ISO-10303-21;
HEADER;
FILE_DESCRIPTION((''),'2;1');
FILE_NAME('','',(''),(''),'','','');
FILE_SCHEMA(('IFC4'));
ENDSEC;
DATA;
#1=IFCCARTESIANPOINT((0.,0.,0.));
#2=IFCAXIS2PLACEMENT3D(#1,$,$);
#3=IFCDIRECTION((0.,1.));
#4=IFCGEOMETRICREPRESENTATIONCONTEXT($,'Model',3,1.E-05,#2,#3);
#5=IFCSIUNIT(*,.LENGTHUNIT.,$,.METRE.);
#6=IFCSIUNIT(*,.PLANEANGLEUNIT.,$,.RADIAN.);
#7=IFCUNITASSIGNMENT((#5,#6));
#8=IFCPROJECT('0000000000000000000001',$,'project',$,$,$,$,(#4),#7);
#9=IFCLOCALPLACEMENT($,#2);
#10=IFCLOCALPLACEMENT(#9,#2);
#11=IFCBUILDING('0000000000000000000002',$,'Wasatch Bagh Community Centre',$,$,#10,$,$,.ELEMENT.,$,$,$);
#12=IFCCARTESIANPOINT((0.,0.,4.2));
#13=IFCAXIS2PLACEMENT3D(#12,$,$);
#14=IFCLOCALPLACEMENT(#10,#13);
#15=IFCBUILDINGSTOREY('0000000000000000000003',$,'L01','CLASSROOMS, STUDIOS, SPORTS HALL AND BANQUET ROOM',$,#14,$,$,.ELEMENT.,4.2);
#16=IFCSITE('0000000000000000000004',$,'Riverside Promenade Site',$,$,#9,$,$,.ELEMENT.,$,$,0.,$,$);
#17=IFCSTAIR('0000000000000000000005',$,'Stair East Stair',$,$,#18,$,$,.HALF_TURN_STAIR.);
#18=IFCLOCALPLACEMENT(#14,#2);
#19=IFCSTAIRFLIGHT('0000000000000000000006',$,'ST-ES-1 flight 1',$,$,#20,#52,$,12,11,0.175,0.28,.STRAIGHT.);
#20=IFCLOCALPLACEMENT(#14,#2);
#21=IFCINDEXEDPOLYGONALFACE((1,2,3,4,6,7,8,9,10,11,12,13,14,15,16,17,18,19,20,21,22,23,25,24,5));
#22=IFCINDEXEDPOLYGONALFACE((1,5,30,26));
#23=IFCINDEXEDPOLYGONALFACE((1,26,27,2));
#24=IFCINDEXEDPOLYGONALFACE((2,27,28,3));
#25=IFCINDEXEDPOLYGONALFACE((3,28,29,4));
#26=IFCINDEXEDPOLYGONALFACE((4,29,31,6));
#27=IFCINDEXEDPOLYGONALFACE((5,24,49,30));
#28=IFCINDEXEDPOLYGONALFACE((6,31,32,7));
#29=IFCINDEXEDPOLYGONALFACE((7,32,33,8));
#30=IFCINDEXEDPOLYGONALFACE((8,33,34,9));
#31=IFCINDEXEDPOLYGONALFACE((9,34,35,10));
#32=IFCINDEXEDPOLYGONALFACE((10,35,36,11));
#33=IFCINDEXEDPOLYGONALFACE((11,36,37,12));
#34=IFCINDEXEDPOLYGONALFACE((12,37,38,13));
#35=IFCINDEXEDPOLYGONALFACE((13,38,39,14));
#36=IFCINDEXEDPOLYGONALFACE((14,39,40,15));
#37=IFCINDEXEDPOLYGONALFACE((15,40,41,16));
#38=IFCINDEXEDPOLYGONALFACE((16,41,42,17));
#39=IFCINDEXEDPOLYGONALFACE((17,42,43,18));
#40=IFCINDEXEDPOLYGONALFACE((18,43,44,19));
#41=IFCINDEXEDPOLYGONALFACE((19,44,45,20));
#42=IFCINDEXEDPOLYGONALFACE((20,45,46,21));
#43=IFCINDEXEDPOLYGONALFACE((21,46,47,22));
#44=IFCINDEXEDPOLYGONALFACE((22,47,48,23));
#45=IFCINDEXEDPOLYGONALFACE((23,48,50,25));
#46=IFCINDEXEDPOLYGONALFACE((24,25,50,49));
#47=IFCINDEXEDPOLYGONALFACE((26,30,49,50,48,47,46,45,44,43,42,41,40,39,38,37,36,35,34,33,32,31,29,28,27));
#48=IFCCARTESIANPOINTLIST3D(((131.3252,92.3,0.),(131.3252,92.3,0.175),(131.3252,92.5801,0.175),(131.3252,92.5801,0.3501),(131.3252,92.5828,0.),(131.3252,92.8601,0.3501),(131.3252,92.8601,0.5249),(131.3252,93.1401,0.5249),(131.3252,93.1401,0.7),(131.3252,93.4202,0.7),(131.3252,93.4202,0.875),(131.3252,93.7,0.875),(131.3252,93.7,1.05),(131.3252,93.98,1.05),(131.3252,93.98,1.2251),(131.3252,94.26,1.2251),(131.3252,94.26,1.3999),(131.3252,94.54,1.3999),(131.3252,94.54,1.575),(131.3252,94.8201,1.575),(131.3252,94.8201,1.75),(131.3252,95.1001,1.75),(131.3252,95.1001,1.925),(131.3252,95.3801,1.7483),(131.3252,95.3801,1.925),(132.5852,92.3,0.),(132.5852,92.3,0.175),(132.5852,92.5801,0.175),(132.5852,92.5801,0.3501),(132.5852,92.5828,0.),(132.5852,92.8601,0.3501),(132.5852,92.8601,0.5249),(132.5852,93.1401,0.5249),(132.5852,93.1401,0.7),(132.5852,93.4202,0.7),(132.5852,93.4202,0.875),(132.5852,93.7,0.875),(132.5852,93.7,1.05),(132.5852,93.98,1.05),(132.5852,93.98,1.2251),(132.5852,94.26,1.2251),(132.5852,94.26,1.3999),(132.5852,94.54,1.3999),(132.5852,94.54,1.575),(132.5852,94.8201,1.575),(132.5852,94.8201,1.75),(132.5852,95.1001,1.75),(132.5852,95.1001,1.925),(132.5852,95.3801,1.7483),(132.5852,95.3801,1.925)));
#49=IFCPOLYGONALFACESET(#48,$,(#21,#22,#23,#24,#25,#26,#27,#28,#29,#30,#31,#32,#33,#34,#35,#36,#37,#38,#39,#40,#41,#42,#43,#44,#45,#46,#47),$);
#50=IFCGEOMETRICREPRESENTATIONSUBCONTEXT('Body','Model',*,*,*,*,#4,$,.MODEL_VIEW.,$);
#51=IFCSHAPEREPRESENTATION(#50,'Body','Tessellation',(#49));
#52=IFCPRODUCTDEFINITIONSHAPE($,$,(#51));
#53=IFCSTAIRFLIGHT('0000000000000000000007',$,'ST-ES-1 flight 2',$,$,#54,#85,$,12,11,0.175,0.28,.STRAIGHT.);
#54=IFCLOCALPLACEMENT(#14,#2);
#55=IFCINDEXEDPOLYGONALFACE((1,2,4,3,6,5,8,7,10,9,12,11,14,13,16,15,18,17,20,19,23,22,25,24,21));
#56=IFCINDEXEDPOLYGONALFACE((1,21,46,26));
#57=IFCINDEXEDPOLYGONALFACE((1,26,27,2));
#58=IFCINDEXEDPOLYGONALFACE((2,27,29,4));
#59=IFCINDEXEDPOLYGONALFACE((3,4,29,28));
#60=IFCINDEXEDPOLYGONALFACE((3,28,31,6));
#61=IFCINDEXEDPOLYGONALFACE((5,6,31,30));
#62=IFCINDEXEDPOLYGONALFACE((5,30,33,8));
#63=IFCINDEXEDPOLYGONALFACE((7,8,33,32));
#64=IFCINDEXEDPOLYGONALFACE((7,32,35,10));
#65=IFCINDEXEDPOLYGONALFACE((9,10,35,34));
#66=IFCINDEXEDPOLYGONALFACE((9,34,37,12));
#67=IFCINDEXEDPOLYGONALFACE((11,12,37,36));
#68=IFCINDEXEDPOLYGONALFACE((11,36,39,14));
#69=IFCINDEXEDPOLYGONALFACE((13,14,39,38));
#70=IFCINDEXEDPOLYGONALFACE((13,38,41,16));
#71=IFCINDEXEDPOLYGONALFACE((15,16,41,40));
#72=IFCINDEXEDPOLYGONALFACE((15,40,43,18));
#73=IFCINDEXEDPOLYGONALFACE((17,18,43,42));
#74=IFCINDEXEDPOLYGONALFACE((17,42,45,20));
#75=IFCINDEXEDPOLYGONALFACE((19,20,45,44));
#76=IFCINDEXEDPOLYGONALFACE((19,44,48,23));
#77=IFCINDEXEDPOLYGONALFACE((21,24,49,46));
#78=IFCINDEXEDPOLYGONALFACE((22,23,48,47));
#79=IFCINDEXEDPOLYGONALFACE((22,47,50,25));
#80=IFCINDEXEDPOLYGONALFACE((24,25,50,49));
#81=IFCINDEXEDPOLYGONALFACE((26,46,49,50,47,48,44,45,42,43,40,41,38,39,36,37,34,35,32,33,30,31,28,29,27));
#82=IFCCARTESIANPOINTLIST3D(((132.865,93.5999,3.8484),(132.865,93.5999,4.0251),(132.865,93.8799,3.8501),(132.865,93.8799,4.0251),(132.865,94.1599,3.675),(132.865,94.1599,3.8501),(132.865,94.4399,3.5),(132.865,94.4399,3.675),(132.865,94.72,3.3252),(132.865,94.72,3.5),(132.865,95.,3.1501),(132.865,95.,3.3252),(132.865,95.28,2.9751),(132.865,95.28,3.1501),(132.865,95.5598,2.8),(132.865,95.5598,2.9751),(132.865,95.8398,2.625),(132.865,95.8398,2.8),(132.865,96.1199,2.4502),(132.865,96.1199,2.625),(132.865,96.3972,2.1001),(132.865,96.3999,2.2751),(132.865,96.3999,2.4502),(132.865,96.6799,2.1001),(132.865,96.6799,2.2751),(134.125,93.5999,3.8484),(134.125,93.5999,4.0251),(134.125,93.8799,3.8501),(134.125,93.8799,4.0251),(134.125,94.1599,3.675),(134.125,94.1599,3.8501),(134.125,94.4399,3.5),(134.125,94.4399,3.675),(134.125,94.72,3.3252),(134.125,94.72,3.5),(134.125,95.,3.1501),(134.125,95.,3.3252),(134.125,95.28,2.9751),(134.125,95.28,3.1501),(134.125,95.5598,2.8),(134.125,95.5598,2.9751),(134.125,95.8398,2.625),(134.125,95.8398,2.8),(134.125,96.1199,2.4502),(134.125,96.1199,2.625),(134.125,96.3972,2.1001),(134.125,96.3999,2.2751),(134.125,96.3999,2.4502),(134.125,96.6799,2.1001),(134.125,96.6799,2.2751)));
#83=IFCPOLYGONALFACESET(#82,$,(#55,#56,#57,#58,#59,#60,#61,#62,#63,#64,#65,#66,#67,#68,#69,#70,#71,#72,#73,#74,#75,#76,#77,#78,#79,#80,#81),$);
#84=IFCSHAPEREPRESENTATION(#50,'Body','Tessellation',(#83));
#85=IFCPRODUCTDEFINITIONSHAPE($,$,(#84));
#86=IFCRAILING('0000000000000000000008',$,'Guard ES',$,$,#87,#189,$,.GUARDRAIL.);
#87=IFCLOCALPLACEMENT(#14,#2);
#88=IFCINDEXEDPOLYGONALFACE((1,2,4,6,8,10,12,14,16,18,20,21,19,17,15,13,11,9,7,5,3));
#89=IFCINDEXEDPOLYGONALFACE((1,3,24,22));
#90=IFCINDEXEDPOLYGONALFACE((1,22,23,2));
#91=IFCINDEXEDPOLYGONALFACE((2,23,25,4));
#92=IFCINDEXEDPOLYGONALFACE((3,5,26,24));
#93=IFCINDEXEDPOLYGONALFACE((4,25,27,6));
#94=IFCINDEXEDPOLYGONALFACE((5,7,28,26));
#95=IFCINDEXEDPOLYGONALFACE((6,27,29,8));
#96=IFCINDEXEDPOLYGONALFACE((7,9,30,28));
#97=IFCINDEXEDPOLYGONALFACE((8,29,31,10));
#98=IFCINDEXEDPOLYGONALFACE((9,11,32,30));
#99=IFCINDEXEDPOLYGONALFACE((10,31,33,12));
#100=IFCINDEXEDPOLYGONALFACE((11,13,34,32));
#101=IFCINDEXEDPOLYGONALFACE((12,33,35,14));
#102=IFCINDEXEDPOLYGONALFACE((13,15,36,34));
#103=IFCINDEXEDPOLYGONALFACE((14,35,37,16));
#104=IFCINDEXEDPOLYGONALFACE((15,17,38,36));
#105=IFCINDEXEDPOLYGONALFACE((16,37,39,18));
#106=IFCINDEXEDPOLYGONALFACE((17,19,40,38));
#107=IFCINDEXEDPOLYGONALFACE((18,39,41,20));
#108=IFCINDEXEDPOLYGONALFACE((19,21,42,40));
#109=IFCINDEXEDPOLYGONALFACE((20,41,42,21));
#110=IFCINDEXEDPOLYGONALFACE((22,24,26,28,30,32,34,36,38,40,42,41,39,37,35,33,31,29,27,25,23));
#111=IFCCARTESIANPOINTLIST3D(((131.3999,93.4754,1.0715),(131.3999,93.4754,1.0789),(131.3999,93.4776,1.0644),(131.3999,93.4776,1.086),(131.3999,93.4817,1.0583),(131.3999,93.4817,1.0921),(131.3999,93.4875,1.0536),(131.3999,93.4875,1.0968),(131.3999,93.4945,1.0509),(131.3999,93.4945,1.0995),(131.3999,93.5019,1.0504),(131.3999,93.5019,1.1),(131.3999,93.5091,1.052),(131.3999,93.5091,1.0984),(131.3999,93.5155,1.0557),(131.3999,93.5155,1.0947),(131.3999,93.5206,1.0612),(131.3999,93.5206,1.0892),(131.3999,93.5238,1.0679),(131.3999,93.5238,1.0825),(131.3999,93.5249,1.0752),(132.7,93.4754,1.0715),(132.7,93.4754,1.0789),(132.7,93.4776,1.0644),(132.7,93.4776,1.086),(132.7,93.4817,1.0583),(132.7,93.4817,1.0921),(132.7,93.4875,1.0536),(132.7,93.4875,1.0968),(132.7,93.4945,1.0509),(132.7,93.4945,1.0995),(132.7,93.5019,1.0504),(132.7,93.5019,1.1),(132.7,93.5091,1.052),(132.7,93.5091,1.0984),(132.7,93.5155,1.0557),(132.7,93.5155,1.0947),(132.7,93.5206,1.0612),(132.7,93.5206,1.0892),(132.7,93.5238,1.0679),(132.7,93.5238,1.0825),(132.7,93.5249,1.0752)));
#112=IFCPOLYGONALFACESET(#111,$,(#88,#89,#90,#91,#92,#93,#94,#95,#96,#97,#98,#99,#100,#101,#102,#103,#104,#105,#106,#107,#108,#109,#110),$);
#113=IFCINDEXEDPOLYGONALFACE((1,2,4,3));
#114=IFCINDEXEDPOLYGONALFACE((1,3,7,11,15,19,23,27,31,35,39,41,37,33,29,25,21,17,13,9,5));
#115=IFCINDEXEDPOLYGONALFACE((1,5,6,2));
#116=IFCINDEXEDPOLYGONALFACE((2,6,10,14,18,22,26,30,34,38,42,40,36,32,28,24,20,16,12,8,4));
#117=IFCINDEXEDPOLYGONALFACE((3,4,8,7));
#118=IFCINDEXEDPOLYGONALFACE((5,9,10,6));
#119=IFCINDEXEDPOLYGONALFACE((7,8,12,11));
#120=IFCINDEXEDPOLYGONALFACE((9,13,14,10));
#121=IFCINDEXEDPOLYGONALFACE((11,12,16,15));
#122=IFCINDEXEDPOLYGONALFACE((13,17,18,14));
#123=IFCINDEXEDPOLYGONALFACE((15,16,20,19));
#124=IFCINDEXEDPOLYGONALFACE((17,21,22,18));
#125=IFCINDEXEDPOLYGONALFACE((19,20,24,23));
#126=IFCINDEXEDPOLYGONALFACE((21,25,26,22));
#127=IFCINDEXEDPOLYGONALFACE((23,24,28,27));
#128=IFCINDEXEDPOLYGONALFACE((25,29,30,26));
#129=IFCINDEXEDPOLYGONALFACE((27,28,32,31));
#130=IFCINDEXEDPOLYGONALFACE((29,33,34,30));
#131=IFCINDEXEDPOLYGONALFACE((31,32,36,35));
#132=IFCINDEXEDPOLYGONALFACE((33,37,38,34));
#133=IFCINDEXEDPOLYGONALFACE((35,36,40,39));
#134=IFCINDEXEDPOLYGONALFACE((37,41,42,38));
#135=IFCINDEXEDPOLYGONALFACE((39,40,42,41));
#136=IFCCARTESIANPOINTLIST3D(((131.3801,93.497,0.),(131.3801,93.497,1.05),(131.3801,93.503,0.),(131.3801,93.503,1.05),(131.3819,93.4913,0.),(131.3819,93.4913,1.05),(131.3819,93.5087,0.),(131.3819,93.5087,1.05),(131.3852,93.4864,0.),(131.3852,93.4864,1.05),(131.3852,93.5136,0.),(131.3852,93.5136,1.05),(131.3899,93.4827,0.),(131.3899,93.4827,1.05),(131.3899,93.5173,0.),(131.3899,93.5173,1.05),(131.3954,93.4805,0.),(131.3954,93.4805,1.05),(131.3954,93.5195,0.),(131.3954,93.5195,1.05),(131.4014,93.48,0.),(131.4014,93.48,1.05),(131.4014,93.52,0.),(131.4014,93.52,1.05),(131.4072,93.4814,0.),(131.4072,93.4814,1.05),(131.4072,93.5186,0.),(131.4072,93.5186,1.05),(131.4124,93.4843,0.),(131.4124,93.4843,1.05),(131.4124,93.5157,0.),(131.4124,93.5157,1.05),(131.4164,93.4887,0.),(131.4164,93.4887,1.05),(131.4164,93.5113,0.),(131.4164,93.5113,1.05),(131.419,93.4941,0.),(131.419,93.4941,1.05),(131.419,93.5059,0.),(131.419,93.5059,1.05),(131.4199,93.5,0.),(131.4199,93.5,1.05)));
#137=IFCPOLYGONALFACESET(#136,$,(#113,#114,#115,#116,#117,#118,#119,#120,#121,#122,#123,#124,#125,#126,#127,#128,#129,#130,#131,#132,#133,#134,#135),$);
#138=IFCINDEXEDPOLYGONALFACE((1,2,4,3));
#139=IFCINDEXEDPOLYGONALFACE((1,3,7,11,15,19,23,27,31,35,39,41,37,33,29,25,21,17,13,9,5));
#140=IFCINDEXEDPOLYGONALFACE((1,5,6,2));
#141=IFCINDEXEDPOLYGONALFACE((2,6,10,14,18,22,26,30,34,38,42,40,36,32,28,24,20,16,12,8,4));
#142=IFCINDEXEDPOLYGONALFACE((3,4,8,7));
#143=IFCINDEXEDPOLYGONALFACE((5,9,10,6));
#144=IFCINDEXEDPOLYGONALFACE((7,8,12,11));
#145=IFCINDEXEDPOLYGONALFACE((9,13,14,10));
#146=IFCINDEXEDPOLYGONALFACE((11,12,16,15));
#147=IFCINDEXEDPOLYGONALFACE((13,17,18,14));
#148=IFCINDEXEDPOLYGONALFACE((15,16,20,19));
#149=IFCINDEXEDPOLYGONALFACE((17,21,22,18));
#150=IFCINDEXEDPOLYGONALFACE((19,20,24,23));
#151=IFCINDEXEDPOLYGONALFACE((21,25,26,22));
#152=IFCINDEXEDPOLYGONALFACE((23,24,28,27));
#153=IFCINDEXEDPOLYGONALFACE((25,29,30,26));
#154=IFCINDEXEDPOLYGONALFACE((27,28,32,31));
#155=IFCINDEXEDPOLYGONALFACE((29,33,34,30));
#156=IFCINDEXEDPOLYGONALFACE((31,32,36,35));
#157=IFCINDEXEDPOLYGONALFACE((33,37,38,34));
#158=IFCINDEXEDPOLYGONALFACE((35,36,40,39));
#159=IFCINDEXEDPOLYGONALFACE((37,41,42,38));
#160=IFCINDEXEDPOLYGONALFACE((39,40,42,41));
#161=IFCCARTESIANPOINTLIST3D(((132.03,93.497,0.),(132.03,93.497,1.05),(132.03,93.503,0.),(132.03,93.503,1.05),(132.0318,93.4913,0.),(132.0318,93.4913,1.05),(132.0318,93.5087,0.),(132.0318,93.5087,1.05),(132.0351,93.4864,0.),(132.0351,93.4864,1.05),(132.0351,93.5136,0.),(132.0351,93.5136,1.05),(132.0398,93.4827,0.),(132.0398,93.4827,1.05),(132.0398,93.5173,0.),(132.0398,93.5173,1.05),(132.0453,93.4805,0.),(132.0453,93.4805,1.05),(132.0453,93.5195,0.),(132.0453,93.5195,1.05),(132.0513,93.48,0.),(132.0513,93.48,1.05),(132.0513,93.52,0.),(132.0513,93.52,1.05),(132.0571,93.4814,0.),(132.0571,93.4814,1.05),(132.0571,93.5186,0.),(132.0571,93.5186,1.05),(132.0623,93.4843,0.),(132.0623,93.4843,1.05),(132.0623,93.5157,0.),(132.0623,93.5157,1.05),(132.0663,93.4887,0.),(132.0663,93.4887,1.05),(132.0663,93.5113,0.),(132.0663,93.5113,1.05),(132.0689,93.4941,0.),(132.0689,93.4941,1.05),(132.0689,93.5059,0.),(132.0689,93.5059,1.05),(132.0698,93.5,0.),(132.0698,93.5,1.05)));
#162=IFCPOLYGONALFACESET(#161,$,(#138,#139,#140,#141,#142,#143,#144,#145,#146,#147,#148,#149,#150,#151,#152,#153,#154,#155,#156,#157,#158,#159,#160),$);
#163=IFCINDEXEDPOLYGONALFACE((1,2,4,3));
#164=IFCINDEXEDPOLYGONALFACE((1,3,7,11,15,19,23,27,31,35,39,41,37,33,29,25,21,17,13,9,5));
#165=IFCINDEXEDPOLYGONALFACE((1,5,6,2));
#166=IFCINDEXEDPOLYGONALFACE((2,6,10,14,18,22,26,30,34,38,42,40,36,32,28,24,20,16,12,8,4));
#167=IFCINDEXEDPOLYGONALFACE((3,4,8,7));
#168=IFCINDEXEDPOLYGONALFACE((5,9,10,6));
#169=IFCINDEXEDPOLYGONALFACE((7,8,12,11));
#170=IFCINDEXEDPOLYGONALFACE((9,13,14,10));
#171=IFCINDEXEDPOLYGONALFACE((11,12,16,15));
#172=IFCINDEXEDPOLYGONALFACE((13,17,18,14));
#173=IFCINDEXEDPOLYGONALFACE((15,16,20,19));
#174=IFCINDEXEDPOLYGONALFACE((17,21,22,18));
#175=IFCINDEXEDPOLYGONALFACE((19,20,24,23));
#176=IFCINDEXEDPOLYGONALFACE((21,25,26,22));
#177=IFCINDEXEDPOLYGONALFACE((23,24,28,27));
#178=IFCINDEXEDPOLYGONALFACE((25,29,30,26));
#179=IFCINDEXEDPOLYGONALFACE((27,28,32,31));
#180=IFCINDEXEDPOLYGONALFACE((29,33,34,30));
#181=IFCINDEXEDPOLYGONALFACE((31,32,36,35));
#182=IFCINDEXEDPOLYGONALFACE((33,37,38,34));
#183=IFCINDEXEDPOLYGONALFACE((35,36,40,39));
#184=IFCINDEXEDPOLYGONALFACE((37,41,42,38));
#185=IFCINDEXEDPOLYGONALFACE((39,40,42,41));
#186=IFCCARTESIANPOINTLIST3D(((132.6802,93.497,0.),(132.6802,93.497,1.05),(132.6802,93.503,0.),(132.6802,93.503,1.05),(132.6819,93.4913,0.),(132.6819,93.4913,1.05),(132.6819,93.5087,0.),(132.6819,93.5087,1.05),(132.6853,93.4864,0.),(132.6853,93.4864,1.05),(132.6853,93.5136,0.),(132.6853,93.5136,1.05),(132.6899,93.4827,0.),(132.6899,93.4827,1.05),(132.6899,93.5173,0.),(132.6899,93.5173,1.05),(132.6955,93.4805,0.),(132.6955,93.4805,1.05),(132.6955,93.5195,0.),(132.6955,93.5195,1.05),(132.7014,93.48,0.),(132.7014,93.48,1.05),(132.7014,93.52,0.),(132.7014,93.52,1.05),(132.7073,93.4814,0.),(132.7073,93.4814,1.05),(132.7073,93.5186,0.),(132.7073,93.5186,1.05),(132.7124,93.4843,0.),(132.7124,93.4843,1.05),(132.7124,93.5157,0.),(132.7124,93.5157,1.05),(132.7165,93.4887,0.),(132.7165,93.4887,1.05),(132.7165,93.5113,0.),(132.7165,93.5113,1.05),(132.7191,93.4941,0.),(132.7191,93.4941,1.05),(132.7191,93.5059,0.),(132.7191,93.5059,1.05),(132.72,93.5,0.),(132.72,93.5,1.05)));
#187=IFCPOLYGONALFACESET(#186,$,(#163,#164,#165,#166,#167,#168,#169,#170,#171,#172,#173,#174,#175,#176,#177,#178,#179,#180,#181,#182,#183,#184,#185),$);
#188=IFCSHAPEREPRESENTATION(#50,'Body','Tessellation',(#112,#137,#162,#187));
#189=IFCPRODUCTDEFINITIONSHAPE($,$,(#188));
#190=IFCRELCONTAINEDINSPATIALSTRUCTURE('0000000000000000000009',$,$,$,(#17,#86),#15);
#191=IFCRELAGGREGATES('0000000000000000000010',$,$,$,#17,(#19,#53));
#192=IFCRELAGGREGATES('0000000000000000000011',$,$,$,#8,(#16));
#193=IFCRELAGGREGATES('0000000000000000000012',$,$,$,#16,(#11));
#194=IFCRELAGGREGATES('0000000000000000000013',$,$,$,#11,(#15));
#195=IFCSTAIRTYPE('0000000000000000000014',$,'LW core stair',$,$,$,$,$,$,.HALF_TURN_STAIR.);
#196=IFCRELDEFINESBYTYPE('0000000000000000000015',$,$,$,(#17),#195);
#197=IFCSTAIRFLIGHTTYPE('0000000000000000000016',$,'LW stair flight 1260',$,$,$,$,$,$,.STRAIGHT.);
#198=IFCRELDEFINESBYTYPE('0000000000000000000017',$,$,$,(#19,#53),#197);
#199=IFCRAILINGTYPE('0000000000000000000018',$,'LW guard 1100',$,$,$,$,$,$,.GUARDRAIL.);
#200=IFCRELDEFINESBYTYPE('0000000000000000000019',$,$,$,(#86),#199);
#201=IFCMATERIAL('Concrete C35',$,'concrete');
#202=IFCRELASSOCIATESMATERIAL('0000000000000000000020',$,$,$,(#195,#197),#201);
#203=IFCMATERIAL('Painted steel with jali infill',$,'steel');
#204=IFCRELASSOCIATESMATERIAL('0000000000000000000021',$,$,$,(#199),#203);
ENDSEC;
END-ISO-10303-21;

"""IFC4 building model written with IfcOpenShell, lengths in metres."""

from ifc_helpers import new_model, si_unit, direction, frame, origin, origin_2d, place, context, subcontext, project, spatial, polyline, circle, outline, extrude, material, type_object, element, aggregate, save


model = new_model("IFC4")

# Units and contexts
model_context = context("Model", 3, precision=1e-05, world=origin(), true_north=direction((0.0, 1.0)))
body_context = subcontext(model_context, "Body", "Model", "MODEL_VIEW")
ifc_project = project(units=[si_unit("LENGTHUNIT", "METRE"), si_unit("PLANEANGLEUNIT", "RADIAN")], contexts=[model_context])

# Site, building, storey
site_placement = place(None, origin())
site = spatial("IfcSite", under=ifc_project, at=site_placement, Name="Riverside Promenade Site", CompositionType="ELEMENT", RefElevation=0.0)
building_placement = place(site_placement, origin())
building = spatial("IfcBuilding", under=site, at=building_placement, Name="Wasatch Bagh Community Centre", CompositionType="ELEMENT")
storey_placement = place(building_placement, frame((0.0, 0.0, 4.2)))
storey = spatial("IfcBuildingStorey", under=building, at=storey_placement, Name="L01", Description="CLASSROOMS, STUDIOS, SPORTS HALL AND BANQUET ROOM", CompositionType="ELEMENT", Elevation=4.2)

# Shared definitions
ifc_material_1 = material(Name="Concrete C35", Category="concrete")

# Stair, stair flights
stair_type = type_object("IfcStairType", Name="LW core stair", PredefinedType="HALF_TURN_STAIR", material=ifc_material_1)
stair_placement = place(storey_placement, origin())
stair = element("IfcStair", 1, at=stair_placement, inside=storey, type_object=stair_type, Name="Stair East Stair", PredefinedType="HALF_TURN_STAIR")
stair_flight_type = type_object("IfcStairFlightType", Name="LW stair flight 1260", PredefinedType="STRAIGHT", material=ifc_material_1)
stair_flight_1_placement = place(storey_placement, frame((131.9551, 92.3, 0.0), z_axis=(0.0, 0.0, 1.0), x_axis=(0.0, 1.0, 0.0)))
stair_flight_1 = element("IfcStairFlight", 2, at=stair_flight_1_placement, type_object=stair_flight_type, Name="ST-ES-1 flight 1", NumberOfRisers=12, NumberOfTreads=11, PredefinedType="STRAIGHT", RiserHeight=0.175, TreadLength=0.28, context=body_context, shape_type="SweptSolid", body=[
    extrude(outline(polyline([(0.0, 0.0), (0.0, 0.175), (0.28, 0.175), (0.28, 0.3501), (0.5601, 0.3501), (0.5601, 0.5249), (0.8401, 0.5249), (0.8401, 0.7), (1.1201, 0.7), (1.1201, 0.875), (1.3999, 0.875), (1.3999, 1.05), (1.6799, 1.05), (1.6799, 1.2251), (1.96, 1.2251), (1.96, 1.3999), (2.24, 1.3999), (2.24, 1.575), (2.52, 1.575), (2.52, 1.75), (2.8, 1.75), (2.8, 1.925), (3.0801, 1.925), (3.0801, 2.1001), (3.0801, 1.7483), (0.2827, 0.0), (0.0, 0.0)])), frame((0.0, 0.6299, 0.0), z_axis=(0.0, -1.0, 0.0), x_axis=(1.0, 0.0, 0.0)), (0.0, 0.0, 1.0), 1.26),
])
stair_flight_2_placement = place(storey_placement, frame((133.4951, 96.6799, 2.1001), z_axis=(0.0, 0.0, 1.0), x_axis=(0.0, -1.0, 0.0)))
stair_flight_2 = element("IfcStairFlight", 3, at=stair_flight_2_placement, type_object=stair_flight_type, Name="ST-ES-1 flight 2", NumberOfRisers=12, NumberOfTreads=11, PredefinedType="STRAIGHT", RiserHeight=0.175, TreadLength=0.28, context=body_context, shape_type="SweptSolid", body=[
    extrude(outline(polyline([(0.0, 0.0), (0.0, 0.175), (0.28, 0.175), (0.28, 0.3501), (0.5601, 0.3501), (0.5601, 0.5249), (0.8401, 0.5249), (0.8401, 0.7), (1.1201, 0.7), (1.1201, 0.875), (1.3999, 0.875), (1.3999, 1.05), (1.6799, 1.05), (1.6799, 1.2251), (1.96, 1.2251), (1.96, 1.3999), (2.24, 1.3999), (2.24, 1.575), (2.52, 1.575), (2.52, 1.75), (2.8, 1.75), (2.8, 1.925), (3.0801, 1.925), (3.0801, 2.1001), (3.0801, 1.7483), (0.2827, 0.0), (0.0, 0.0)])), frame((0.0, 0.6299, 0.0), z_axis=(0.0, -1.0, 0.0), x_axis=(1.0, 0.0, 0.0)), (0.0, 0.0, 1.0), 1.26),
])
aggregate(stair, [stair_flight_1, stair_flight_2])

# Railing
ifc_material_2 = material(Name="Painted steel with jali infill", Category="steel")
railing_type_1 = type_object("IfcRailingType", Name="LW guard 1100", PredefinedType="GUARDRAIL", material=ifc_material_2)
railing_1_placement = place(storey_placement, frame((131.3999, 93.5, 0.0)))
element("IfcRailing", 4, at=railing_1_placement, inside=storey, type_object=railing_type_1, Name="Guard ES", PredefinedType="GUARDRAIL", context=body_context, shape_type="SweptSolid", body=[
    extrude(circle(Radius=0.0249, at=origin_2d()), frame((0.0, 0.0, 1.0752), z_axis=(1.0, 0.0, 0.0), x_axis=(0.0, 1.0, 0.0)), (0.0, 0.0, 1.0), 1.3),
    extrude(circle(Radius=0.02, at=origin_2d()), origin(), (0.0, 0.0, 1.0), 1.05),
    extrude(circle(Radius=0.02, at=origin_2d()), frame((0.6499, 0.0, 0.0)), (0.0, 0.0, 1.0), 1.05),
    extrude(circle(Radius=0.02, at=origin_2d()), frame((1.3, 0.0, 0.0)), (0.0, 0.0, 1.0), 1.05),
])

save(model, "model.ifc")
